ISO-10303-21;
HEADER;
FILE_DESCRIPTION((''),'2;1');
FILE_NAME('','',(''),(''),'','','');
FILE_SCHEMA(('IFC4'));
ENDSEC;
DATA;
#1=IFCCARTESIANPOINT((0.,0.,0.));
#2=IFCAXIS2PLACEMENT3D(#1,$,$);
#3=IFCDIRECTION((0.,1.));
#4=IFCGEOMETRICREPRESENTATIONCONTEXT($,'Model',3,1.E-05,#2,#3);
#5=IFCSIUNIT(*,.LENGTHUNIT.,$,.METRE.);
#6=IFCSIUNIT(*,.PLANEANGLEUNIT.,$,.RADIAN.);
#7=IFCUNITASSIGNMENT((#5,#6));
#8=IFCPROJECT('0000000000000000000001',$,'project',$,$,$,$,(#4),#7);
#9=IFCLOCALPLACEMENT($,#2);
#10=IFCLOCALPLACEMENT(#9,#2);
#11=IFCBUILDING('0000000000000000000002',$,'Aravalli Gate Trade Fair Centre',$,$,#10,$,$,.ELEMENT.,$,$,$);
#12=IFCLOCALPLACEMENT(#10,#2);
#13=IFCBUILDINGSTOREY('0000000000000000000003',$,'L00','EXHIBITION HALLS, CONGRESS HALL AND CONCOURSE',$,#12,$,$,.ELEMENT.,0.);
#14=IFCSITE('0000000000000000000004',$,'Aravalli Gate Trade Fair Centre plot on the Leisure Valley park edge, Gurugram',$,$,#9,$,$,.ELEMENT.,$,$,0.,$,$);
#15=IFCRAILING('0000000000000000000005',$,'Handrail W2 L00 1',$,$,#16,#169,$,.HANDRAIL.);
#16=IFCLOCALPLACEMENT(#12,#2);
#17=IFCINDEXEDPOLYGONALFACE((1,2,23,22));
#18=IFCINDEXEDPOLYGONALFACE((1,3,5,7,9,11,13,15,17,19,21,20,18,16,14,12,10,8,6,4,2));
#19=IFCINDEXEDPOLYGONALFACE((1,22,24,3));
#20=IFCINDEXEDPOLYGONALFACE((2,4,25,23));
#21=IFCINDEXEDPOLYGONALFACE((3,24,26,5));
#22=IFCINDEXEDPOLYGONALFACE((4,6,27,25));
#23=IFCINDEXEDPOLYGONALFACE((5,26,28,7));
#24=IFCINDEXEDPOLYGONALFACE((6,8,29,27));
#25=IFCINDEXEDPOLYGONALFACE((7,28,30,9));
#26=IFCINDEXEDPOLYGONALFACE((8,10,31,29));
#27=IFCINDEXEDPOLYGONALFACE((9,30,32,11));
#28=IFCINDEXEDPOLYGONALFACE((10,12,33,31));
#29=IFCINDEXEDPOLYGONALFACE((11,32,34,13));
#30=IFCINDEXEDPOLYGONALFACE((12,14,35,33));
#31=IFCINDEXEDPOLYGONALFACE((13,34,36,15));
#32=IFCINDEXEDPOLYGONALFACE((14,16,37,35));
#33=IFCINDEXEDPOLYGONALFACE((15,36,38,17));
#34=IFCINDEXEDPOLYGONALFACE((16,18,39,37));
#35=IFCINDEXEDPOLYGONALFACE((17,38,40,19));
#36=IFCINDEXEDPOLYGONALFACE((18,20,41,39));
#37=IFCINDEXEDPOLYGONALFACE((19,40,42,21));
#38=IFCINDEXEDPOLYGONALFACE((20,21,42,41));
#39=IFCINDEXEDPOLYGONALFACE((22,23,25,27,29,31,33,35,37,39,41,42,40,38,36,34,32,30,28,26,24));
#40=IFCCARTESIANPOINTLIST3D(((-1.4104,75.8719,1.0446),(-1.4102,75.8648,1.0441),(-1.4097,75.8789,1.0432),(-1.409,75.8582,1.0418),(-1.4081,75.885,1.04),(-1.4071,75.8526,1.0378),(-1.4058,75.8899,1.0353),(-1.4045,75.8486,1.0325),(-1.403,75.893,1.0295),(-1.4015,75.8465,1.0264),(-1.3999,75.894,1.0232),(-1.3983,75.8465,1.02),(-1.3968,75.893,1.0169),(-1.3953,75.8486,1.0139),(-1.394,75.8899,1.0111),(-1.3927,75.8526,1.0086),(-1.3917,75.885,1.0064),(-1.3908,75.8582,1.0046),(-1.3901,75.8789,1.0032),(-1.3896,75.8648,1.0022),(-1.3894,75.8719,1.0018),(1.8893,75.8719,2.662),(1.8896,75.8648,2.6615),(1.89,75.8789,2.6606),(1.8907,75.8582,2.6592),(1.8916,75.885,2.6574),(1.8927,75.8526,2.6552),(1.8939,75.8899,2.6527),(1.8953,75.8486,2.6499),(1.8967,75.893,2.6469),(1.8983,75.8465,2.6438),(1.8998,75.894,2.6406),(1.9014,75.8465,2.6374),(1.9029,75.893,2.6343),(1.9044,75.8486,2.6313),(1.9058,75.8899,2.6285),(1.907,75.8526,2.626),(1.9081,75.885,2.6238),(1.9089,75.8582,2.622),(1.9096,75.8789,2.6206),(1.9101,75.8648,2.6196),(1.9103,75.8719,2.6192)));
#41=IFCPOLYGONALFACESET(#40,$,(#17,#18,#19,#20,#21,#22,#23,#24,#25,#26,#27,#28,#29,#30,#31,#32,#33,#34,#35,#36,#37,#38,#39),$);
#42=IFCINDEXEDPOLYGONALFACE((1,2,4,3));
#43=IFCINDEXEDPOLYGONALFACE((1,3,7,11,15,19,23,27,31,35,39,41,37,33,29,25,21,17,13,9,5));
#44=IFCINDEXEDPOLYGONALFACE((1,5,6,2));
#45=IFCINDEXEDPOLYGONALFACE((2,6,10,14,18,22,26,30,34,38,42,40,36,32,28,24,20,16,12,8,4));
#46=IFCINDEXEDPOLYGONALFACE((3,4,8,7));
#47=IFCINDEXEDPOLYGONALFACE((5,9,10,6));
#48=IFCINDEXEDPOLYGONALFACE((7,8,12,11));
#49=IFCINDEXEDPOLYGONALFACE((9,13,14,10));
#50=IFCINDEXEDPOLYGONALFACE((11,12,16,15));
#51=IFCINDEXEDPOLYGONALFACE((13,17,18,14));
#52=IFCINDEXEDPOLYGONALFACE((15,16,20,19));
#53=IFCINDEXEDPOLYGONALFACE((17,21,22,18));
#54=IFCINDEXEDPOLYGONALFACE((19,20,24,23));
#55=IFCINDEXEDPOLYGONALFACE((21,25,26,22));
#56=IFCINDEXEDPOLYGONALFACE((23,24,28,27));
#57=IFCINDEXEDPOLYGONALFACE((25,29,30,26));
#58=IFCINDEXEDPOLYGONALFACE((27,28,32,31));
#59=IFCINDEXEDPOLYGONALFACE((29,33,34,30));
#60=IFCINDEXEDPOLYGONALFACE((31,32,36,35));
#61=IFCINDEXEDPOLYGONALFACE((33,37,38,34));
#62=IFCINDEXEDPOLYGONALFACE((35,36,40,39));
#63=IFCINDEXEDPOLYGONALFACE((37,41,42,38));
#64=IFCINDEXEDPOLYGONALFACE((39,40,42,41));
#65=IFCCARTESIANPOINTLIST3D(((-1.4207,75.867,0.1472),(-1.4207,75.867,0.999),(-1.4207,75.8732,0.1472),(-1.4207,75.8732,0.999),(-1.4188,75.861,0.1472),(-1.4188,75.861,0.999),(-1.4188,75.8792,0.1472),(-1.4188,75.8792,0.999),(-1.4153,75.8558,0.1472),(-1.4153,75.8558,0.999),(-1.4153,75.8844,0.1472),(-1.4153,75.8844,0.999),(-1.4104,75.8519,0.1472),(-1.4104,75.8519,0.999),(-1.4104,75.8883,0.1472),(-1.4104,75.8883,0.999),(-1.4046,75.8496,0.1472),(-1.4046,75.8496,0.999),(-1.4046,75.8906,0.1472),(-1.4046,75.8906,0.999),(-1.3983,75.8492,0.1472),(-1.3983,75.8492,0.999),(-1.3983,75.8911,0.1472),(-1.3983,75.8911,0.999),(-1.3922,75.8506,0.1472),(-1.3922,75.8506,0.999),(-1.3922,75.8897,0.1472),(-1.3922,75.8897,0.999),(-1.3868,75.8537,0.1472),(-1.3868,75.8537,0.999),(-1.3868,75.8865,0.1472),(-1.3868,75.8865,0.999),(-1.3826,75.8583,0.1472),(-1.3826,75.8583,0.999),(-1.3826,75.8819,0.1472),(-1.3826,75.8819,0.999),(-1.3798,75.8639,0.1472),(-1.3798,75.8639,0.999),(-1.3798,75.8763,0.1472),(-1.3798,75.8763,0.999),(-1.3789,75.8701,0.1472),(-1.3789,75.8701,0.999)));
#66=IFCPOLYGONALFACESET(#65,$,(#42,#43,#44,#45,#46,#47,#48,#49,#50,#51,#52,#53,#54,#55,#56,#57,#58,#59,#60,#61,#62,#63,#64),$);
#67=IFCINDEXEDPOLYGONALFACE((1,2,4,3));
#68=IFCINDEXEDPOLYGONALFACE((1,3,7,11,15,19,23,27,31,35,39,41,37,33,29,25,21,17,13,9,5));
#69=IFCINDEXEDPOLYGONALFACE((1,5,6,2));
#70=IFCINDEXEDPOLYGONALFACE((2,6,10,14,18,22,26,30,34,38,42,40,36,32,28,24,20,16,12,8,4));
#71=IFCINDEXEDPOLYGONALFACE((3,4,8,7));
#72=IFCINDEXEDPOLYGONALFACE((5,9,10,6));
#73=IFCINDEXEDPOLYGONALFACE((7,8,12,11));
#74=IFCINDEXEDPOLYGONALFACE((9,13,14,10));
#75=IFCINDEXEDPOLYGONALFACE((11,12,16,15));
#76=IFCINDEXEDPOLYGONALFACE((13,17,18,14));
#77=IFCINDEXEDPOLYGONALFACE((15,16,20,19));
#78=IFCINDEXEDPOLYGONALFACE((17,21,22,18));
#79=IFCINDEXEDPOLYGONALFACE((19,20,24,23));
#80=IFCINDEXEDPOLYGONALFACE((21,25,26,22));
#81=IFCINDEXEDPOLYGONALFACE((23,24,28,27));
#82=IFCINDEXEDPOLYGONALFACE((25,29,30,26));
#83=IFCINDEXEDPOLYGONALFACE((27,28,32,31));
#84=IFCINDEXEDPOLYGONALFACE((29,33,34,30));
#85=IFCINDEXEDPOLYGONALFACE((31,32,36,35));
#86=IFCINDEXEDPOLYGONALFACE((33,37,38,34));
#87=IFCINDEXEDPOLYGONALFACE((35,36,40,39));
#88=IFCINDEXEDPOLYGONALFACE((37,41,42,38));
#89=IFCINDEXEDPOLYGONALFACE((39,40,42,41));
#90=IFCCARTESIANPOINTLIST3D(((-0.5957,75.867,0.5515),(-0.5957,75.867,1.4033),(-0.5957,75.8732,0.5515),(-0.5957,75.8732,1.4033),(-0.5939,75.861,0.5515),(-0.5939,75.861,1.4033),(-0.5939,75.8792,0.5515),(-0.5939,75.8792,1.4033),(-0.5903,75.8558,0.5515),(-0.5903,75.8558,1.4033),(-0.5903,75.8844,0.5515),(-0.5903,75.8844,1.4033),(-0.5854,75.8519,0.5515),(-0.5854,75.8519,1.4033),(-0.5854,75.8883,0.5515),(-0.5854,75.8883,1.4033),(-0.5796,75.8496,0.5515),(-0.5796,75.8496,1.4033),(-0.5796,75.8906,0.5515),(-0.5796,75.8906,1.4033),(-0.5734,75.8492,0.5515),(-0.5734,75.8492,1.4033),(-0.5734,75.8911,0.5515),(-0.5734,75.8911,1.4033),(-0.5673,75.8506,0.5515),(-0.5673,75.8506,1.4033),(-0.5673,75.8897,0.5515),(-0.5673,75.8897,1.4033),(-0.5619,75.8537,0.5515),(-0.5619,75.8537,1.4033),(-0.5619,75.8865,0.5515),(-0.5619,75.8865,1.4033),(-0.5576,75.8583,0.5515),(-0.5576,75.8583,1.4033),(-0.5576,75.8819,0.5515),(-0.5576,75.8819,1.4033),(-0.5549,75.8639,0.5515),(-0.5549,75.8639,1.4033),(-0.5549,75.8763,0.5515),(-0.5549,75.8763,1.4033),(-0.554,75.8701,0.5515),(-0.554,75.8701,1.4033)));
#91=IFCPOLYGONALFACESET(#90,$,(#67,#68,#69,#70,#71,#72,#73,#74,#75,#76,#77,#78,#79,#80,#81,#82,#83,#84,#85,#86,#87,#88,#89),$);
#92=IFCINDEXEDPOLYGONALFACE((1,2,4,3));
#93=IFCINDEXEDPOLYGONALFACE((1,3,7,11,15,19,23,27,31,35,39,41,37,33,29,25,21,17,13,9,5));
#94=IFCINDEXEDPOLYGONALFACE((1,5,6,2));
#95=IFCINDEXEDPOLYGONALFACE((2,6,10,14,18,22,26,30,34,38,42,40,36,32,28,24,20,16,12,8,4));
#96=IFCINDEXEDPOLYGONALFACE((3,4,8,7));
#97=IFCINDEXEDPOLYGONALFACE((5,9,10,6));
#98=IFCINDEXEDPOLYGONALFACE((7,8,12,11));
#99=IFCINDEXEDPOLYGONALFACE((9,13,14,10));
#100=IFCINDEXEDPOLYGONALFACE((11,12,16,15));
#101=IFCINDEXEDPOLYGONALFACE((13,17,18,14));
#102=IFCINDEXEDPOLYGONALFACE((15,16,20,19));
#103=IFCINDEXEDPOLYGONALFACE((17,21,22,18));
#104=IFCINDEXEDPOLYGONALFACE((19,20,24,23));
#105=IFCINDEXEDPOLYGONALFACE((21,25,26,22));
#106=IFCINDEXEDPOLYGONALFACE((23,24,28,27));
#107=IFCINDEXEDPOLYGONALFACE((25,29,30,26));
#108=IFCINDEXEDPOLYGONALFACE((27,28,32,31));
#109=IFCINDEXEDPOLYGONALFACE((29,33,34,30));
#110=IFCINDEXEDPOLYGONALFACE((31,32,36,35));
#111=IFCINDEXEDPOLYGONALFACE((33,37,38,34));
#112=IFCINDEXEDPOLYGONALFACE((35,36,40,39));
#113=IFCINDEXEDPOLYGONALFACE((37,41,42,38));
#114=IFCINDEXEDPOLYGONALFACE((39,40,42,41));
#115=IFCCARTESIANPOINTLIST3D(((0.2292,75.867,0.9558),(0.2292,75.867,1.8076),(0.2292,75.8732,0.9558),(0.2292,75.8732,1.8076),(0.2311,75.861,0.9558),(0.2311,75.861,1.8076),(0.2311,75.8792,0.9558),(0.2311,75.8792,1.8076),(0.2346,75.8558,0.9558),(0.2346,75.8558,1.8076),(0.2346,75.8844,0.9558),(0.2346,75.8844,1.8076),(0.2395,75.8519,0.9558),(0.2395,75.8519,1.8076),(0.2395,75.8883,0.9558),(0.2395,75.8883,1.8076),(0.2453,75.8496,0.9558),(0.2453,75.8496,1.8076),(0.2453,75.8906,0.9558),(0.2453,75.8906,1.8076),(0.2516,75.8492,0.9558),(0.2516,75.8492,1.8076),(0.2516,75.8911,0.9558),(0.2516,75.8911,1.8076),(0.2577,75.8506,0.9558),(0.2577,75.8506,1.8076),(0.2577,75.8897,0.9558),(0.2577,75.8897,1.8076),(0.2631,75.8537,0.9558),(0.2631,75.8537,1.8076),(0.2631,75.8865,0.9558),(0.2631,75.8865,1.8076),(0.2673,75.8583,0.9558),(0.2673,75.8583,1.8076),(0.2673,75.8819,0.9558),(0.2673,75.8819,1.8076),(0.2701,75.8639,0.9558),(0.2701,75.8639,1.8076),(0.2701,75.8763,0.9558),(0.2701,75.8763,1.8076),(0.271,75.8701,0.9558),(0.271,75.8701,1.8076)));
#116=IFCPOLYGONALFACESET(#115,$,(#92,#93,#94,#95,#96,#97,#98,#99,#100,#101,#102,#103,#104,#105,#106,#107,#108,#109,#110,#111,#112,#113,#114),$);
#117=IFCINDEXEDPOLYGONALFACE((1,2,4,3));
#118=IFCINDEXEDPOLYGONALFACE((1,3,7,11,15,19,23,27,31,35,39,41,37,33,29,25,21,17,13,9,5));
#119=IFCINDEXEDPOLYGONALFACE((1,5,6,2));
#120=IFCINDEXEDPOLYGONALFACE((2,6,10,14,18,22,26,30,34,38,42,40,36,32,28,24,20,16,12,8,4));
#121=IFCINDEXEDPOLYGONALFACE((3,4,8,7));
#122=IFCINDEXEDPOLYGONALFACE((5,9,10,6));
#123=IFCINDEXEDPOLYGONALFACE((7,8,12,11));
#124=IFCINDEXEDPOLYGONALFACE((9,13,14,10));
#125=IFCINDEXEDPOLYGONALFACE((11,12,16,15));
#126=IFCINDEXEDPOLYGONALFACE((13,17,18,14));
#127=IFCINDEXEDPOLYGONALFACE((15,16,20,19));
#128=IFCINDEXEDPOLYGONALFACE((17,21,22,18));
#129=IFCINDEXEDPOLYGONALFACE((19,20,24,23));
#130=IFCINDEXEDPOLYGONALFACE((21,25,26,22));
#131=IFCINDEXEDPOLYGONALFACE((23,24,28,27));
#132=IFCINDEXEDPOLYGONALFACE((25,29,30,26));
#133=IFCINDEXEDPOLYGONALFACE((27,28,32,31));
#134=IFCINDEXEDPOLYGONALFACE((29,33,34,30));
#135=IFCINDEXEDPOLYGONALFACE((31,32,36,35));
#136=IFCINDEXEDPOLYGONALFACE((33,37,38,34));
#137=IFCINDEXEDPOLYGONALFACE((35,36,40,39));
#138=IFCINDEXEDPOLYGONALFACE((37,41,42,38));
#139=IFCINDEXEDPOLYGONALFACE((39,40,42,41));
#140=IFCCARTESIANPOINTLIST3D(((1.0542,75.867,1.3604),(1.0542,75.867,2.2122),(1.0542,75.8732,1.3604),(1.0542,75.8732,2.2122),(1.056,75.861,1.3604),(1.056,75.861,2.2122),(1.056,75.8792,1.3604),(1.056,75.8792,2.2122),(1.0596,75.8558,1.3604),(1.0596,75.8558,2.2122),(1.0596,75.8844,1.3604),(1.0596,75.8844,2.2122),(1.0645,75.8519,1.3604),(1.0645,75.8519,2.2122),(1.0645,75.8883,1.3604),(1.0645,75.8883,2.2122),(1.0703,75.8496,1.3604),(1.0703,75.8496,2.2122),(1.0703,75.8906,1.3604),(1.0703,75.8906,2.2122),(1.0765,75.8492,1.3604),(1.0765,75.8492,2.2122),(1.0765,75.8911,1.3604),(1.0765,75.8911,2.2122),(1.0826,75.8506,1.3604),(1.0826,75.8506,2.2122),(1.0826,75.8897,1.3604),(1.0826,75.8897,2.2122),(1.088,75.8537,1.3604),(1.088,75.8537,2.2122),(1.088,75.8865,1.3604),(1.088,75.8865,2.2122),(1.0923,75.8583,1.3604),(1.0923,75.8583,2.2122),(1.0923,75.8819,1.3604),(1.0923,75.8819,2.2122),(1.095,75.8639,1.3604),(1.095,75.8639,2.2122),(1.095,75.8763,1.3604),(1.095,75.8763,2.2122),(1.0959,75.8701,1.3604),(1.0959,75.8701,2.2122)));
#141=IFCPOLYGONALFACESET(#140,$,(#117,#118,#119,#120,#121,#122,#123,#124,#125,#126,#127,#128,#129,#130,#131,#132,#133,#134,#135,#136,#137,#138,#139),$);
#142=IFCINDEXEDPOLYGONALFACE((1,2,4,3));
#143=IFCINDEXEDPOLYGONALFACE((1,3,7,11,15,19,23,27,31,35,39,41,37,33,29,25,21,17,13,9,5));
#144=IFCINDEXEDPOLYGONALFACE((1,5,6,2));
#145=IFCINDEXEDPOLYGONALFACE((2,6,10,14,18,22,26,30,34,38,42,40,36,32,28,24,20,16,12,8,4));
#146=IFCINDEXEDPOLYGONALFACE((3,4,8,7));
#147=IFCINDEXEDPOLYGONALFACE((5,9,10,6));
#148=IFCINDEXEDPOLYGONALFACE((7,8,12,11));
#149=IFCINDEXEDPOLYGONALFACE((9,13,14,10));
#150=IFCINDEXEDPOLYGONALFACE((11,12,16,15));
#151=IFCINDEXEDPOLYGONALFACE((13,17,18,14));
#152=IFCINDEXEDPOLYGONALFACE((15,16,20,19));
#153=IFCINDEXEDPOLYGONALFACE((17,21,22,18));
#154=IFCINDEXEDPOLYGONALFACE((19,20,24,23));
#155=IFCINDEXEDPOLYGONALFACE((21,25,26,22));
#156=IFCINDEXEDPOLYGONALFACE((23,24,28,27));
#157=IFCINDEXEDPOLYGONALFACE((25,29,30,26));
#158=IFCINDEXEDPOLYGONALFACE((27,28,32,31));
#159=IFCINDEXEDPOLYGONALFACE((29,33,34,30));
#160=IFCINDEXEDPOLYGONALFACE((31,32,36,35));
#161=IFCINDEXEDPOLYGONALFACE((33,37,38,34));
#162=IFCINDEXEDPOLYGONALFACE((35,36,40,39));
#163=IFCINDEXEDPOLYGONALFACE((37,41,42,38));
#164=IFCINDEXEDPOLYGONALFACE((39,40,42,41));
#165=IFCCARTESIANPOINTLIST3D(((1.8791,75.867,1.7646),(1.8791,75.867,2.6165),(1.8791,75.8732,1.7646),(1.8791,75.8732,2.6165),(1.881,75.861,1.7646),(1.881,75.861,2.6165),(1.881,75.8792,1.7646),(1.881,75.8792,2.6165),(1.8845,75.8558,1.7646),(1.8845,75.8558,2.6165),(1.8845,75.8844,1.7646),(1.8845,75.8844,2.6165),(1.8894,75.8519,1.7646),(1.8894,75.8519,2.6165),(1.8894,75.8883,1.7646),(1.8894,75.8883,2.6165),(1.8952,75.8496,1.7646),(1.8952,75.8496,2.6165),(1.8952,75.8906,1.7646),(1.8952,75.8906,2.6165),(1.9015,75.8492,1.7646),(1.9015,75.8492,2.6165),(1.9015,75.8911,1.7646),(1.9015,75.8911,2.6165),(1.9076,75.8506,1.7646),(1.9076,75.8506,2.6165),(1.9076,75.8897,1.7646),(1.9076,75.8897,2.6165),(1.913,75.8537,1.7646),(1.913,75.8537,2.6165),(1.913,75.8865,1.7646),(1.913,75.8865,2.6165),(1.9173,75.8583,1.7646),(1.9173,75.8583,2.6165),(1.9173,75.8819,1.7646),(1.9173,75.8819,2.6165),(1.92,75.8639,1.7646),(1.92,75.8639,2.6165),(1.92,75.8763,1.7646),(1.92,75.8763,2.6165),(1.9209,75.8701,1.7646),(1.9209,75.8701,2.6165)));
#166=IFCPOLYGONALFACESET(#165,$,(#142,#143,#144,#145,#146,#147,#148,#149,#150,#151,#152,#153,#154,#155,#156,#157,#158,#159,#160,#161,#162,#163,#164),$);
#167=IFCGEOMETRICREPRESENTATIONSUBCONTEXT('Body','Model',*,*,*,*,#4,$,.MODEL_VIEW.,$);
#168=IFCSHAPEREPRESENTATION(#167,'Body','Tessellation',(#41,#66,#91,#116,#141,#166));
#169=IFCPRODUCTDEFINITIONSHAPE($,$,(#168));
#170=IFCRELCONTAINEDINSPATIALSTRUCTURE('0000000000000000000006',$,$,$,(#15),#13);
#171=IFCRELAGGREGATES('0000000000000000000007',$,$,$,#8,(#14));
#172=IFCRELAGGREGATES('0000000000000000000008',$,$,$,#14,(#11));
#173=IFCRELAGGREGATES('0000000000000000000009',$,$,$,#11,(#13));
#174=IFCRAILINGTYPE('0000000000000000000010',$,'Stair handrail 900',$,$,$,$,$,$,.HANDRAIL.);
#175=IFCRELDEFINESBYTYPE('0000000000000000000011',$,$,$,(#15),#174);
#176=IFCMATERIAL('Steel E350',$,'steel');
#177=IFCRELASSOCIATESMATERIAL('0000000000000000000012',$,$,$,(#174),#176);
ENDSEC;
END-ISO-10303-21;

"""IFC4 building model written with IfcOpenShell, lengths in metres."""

from ifc_helpers import new_model, si_unit, direction, frame, origin, origin_2d, place, context, subcontext, project, spatial, circle, extrude, material, type_object, element, save


model = new_model("IFC4")

# Units and contexts
model_context = context("Model", 3, precision=1e-05, world=origin(), true_north=direction((0.0, 1.0)))
body_context = subcontext(model_context, "Body", "Model", "MODEL_VIEW")
ifc_project = project(units=[si_unit("LENGTHUNIT", "METRE"), si_unit("PLANEANGLEUNIT", "RADIAN")], contexts=[model_context])

# Site, building, storey
site_placement = place(None, origin())
site = spatial("IfcSite", under=ifc_project, at=site_placement, Name="Aravalli Gate Trade Fair Centre plot on the Leisure Valley park edge, Gurugram", CompositionType="ELEMENT", RefElevation=0.0)
building_placement = place(site_placement, origin())
building = spatial("IfcBuilding", under=site, at=building_placement, Name="Aravalli Gate Trade Fair Centre", CompositionType="ELEMENT")
storey_placement = place(building_placement, origin())
storey = spatial("IfcBuildingStorey", under=building, at=storey_placement, Name="L00", Description="EXHIBITION HALLS, CONGRESS HALL AND CONCOURSE", CompositionType="ELEMENT", Elevation=0.0)

# Railing
ifc_material_1 = material(Name="Steel E350", Category="steel")
railing_type = type_object("IfcRailingType", Name="Stair handrail 900", PredefinedType="HANDRAIL", material=ifc_material_1)
railing_1_placement = place(storey_placement, frame((-1.3999, 75.8701, 0.1472)))
element("IfcRailing", 1, at=railing_1_placement, inside=storey, type_object=railing_type, Name="Handrail W2 L00 1", PredefinedType="HANDRAIL", context=body_context, shape_type="SweptSolid", body=[
    extrude(circle(Radius=0.0239, at=origin_2d()), frame((0.0, 0.0, 0.876), z_axis=(0.897934, 0.0, 0.440131), x_axis=(0.0, 1.0, 0.0)), (0.0, 0.0, 1.0), 3.6748),
    extrude(circle(Radius=0.021, at=origin_2d()), origin(), (0.0, 0.0, 1.0), 0.8518),
    extrude(circle(Radius=0.021, at=origin_2d()), frame((0.825, 0.0, 0.4043)), (0.0, 0.0, 1.0), 0.8518),
    extrude(circle(Radius=0.021, at=origin_2d()), frame((1.6499, 0.0, 0.8086)), (0.0, 0.0, 1.0), 0.8518),
    extrude(circle(Radius=0.021, at=origin_2d()), frame((2.4749, 0.0, 1.2131)), (0.0, 0.0, 1.0), 0.8518),
    extrude(circle(Radius=0.021, at=origin_2d()), frame((3.2998, 0.0, 1.6174)), (0.0, 0.0, 1.0), 0.8518),
])

save(model, "model.ifc")
